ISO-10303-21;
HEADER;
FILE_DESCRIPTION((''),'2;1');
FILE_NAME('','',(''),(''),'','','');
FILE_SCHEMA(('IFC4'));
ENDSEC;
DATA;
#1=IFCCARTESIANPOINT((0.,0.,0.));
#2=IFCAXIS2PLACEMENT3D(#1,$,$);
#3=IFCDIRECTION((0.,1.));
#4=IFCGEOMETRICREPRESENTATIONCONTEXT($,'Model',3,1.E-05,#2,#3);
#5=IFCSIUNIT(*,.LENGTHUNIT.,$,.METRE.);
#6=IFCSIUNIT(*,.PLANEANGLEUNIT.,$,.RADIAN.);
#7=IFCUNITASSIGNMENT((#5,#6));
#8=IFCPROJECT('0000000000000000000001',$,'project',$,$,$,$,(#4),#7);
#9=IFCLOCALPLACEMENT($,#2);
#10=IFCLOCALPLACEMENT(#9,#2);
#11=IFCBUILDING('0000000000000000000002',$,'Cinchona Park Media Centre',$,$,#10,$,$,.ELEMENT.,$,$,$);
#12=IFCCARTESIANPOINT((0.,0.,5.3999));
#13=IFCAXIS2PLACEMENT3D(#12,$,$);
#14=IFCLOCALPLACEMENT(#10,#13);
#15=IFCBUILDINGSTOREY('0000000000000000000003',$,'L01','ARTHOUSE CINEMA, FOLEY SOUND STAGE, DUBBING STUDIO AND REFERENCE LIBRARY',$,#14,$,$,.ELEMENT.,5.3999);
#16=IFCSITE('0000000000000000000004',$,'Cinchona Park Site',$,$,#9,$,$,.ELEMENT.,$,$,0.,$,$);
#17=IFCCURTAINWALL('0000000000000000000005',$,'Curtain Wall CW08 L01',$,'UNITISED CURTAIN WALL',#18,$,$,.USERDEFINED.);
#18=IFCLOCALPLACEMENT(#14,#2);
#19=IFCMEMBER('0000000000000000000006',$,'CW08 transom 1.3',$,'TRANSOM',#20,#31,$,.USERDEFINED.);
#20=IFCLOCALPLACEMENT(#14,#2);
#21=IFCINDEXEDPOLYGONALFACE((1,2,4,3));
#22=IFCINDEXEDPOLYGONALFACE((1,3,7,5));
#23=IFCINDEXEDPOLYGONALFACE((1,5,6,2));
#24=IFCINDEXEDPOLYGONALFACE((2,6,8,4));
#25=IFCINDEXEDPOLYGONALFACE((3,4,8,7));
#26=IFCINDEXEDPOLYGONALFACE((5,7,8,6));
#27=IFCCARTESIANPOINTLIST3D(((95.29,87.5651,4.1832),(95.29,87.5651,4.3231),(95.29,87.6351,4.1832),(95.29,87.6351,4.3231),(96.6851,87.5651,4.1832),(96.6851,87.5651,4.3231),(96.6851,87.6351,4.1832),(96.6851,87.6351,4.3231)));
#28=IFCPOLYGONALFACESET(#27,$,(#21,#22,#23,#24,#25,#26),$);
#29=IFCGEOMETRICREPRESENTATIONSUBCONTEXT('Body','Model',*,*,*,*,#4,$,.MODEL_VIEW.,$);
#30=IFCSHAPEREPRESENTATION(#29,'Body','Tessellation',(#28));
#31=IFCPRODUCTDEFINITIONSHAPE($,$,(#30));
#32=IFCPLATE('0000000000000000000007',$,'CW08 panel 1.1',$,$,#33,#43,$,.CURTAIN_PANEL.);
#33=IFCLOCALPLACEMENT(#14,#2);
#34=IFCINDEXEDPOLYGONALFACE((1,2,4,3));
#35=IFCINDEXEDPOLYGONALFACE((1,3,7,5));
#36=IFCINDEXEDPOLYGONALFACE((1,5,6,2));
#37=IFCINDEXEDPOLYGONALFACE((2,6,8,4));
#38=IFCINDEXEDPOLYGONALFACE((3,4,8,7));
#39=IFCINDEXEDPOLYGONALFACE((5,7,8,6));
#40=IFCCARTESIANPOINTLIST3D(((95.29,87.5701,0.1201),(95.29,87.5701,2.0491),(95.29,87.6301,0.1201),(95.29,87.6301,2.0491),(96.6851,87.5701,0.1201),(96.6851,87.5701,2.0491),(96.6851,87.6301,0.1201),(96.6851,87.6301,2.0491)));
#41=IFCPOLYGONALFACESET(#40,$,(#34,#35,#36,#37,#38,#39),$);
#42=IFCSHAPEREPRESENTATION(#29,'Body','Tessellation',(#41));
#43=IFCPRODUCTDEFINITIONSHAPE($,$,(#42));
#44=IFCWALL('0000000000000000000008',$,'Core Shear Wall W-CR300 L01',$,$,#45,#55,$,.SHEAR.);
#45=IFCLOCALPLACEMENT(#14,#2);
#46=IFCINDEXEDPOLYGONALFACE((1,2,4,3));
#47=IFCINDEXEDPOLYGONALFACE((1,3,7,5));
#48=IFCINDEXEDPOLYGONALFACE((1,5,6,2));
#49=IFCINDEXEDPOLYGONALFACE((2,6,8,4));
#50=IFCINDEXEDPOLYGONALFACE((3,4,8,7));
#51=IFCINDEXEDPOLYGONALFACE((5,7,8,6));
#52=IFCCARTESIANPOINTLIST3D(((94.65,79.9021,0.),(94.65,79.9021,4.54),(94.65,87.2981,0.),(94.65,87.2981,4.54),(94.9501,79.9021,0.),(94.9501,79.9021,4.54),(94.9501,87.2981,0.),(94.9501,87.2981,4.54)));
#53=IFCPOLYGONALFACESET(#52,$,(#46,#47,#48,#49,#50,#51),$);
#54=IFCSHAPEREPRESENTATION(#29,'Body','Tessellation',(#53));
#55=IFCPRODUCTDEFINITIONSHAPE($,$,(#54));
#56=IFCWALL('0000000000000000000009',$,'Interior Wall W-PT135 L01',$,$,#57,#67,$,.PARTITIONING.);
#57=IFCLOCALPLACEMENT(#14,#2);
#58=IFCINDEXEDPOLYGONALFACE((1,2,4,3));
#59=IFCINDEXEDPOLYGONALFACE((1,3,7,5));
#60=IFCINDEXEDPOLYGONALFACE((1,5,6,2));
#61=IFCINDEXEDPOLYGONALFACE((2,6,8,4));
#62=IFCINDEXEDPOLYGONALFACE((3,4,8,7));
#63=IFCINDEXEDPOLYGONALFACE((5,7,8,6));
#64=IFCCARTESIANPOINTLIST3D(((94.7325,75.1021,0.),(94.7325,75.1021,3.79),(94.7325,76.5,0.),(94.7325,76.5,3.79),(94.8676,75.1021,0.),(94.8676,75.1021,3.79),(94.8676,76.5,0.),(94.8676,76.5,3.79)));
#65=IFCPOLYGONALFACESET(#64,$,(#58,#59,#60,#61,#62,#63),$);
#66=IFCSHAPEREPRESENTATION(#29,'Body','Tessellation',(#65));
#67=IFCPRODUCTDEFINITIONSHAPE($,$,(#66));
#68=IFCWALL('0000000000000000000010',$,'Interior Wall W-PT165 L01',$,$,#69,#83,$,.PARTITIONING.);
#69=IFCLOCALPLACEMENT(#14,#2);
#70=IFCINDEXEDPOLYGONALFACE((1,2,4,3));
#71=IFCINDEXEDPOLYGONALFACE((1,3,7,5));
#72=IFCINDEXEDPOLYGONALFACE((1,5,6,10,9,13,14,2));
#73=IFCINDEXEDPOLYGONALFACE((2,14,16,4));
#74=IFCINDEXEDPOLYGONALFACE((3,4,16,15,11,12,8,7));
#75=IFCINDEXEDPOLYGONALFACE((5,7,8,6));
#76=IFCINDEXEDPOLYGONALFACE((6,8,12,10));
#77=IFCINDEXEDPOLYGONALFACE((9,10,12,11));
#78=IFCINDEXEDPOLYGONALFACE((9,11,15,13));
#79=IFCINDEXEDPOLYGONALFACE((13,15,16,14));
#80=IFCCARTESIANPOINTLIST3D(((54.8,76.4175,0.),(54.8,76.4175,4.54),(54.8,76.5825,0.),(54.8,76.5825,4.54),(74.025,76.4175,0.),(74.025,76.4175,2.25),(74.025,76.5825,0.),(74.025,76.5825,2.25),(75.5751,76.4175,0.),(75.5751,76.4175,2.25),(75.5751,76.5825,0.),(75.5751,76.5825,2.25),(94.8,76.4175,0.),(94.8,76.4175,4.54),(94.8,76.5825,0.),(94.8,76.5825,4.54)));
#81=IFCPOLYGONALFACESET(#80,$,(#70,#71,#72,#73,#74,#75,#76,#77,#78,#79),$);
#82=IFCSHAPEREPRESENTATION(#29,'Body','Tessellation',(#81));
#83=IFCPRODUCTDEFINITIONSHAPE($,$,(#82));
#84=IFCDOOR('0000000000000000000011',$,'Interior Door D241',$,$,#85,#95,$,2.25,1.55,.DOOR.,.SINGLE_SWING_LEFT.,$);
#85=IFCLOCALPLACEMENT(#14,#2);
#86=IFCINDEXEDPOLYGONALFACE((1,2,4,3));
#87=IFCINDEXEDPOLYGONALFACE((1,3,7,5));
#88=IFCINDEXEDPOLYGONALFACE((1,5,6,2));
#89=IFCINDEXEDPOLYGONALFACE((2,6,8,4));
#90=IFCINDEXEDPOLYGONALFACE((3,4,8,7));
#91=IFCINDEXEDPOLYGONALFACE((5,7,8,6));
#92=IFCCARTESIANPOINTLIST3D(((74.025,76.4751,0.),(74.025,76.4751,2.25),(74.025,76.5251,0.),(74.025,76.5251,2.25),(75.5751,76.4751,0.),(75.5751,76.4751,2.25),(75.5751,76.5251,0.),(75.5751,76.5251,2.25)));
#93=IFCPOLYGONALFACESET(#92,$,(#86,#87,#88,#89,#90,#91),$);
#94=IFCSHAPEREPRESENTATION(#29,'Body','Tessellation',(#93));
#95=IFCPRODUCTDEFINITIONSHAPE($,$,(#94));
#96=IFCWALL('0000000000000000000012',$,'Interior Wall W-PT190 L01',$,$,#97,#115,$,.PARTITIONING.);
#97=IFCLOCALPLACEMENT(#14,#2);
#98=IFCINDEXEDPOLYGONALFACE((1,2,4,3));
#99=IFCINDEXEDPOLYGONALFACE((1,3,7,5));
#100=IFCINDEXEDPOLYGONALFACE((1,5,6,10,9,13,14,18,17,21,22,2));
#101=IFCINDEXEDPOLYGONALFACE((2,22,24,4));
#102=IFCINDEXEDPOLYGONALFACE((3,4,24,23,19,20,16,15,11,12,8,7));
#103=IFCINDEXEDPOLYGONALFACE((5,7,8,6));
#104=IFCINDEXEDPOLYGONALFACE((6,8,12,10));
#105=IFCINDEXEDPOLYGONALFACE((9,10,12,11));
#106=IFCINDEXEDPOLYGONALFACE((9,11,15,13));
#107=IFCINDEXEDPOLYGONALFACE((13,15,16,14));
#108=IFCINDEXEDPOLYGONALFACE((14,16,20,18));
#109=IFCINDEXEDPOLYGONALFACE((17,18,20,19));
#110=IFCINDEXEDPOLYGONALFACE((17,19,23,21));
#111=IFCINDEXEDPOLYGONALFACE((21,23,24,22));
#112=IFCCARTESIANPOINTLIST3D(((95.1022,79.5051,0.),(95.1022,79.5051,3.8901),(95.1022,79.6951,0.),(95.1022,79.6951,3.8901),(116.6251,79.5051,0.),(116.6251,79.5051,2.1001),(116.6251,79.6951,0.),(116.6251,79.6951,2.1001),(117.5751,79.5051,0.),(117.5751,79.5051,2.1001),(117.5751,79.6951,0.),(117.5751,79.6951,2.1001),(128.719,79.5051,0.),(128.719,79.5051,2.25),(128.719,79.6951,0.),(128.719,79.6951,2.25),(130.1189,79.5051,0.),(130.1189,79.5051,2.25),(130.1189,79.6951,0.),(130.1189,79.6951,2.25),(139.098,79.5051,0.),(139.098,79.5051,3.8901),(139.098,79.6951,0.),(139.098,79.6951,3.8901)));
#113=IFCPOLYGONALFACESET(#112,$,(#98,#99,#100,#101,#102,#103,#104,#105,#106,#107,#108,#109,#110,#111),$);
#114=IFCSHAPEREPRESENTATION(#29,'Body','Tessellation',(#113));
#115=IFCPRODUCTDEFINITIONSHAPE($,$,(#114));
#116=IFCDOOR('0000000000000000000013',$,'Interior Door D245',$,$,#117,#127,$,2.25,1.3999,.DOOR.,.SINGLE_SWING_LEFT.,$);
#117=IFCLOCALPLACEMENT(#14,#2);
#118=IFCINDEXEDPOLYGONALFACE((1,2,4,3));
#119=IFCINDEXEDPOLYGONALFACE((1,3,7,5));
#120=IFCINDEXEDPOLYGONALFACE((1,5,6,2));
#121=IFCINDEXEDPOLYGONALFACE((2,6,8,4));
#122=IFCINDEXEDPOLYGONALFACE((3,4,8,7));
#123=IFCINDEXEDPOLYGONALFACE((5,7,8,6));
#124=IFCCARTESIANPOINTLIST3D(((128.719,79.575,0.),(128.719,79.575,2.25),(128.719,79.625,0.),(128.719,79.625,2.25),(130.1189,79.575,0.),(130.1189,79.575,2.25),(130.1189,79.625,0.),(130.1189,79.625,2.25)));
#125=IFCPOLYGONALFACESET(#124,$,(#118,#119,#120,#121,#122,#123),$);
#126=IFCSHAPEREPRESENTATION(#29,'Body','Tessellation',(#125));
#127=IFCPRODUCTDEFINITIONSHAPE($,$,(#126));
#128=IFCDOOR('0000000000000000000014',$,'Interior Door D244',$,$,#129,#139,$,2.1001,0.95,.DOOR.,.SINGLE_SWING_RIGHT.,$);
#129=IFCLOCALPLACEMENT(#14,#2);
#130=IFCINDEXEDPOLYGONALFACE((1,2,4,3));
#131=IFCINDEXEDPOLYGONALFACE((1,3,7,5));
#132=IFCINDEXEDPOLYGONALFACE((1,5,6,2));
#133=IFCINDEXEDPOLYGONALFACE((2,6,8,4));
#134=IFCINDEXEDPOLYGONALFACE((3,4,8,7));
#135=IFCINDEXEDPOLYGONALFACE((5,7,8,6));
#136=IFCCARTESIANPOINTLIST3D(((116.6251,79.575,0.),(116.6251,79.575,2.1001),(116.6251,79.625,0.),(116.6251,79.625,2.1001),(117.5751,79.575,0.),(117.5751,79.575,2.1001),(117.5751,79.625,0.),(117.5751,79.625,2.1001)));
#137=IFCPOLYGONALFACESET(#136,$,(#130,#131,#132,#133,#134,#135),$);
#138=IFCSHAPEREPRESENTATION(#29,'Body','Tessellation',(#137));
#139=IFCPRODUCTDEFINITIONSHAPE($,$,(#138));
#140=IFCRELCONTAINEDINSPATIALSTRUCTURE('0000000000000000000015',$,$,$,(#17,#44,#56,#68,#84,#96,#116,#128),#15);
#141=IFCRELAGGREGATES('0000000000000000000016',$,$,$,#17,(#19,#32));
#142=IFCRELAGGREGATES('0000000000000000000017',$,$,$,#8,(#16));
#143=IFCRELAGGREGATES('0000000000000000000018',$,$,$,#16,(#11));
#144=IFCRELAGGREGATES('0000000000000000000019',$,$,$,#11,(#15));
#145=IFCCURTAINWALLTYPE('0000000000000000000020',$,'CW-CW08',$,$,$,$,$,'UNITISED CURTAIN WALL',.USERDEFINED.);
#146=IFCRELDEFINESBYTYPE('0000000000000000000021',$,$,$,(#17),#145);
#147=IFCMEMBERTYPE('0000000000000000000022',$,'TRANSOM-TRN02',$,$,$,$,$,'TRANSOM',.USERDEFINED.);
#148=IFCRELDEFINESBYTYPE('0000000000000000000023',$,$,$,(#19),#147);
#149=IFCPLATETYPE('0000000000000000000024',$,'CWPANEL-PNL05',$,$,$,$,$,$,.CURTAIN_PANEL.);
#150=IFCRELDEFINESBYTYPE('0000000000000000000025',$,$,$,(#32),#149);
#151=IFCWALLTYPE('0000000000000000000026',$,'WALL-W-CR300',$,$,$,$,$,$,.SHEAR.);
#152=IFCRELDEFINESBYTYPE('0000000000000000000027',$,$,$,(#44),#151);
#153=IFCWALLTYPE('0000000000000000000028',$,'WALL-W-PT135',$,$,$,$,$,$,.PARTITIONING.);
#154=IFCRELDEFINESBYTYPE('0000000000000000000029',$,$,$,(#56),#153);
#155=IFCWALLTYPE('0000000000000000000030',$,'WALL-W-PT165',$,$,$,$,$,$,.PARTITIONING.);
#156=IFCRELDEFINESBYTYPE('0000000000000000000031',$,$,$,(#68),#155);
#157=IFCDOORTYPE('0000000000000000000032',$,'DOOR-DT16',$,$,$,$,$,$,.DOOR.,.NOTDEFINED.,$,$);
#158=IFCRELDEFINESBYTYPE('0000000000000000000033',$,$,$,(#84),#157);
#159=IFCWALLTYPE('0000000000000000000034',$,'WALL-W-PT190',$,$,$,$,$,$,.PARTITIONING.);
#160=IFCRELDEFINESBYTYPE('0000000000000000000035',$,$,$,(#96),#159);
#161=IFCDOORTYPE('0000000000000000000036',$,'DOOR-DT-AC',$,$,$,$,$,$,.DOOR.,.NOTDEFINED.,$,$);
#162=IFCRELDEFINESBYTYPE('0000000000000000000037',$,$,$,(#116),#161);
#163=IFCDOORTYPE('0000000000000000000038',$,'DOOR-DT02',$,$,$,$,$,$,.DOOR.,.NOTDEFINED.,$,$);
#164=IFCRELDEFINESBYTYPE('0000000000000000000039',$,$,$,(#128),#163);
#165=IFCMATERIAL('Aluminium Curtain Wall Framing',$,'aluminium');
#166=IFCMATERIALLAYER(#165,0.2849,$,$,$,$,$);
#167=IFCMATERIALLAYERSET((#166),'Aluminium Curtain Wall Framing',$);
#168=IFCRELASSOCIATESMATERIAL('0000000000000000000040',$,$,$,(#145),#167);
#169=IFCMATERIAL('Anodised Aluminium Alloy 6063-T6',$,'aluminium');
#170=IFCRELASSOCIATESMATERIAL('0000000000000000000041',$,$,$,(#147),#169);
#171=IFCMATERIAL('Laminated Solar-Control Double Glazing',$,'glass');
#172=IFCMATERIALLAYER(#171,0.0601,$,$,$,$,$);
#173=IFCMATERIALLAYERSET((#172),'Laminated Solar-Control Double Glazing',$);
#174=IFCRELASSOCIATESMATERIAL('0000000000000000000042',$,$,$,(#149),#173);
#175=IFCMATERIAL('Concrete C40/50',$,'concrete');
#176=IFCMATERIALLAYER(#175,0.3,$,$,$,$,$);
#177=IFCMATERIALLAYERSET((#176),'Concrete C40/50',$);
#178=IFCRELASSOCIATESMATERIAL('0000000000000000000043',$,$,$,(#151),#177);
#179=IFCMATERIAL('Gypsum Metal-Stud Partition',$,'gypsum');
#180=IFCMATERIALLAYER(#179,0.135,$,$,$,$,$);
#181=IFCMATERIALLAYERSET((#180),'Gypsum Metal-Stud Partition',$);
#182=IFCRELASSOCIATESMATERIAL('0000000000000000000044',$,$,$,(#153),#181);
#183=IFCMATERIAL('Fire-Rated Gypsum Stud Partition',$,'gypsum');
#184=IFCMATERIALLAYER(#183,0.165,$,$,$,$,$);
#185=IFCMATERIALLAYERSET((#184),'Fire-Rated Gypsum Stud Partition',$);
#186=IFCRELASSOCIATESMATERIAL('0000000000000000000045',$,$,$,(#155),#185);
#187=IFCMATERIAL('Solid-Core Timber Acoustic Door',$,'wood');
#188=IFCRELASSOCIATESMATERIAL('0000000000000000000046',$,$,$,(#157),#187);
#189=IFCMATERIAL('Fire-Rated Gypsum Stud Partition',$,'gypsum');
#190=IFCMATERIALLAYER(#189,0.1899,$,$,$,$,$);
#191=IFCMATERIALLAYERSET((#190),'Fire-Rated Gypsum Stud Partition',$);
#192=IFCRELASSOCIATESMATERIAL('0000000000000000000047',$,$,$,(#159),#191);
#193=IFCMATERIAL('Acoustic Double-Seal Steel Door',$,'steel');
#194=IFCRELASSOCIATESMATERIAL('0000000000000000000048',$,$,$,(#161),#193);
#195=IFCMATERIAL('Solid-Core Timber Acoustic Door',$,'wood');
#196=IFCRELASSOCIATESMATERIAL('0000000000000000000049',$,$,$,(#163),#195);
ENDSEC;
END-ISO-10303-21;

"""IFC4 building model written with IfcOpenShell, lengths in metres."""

from ifc_helpers import new_model, si_unit, direction, frame, frame_2d, origin, origin_2d, place, context, subcontext, project, spatial, rectangle, extrude, material, layer, layer_set, material_profile, profile_set, type_object, element, fill, aggregate, save


model = new_model("IFC4")

# Units and contexts
model_context = context("Model", 3, precision=1e-05, world=origin(), true_north=direction((0.0, 1.0)))
body_context = subcontext(model_context, "Body", "Model", "MODEL_VIEW")
ifc_project = project(units=[si_unit("LENGTHUNIT", "METRE"), si_unit("PLANEANGLEUNIT", "RADIAN")], contexts=[model_context])

# Site, building, storey
site_placement = place(None, origin())
site = spatial("IfcSite", under=ifc_project, at=site_placement, Name="Cinchona Park Site", CompositionType="ELEMENT", RefElevation=0.0)
building_placement = place(site_placement, origin())
building = spatial("IfcBuilding", under=site, at=building_placement, Name="Cinchona Park Media Centre", CompositionType="ELEMENT")
storey_placement = place(building_placement, frame((0.0, 0.0, 5.3999)))
storey = spatial("IfcBuildingStorey", under=building, at=storey_placement, Name="L01", Description="ARTHOUSE CINEMA, FOLEY SOUND STAGE, DUBBING STUDIO AND REFERENCE LIBRARY", CompositionType="ELEMENT", Elevation=5.3999)

# Curtain wall
ifc_material_1 = material(Name="Aluminium Curtain Wall Framing", Category="aluminium")
ifc_layer_1 = layer(ifc_material_1, 0.2849)
ifc_layer_set_1 = layer_set([ifc_layer_1], Name="Aluminium Curtain Wall Framing")
curtain_wall_type_1 = type_object("IfcCurtainWallType", Name="CW-CW08", ElementType="UNITISED CURTAIN WALL", PredefinedType="USERDEFINED", material=ifc_layer_set_1)
curtain_wall_1_placement = place(storey_placement, origin())
curtain_wall_1 = element("IfcCurtainWall", 1, at=curtain_wall_1_placement, inside=storey, type_object=curtain_wall_type_1, Name="Curtain Wall CW08 L01", ObjectType="UNITISED CURTAIN WALL", PredefinedType="USERDEFINED")

# Member
ifc_material_2 = material(Name="Anodised Aluminium Alloy 6063-T6", Category="aluminium")
ifc_material_profile_1 = material_profile(ifc_material_2, rectangle(XDim=0.0701, YDim=0.1399, at=origin_2d()), Name="TRN-70X140")
ifc_profile_set_1 = profile_set([ifc_material_profile_1], Name="Anodised Aluminium Alloy 6063-T6")
member_type_1 = type_object("IfcMemberType", Name="TRANSOM-TRN02", ElementType="TRANSOM", PredefinedType="USERDEFINED", material=ifc_profile_set_1)
member_1_placement = place(storey_placement, frame((95.29, 87.6001, 4.2532), z_axis=(1.0, 0.0, 0.0), x_axis=(0.0, 1.0, 0.0)))
member_1 = element("IfcMember", 2, at=member_1_placement, type_object=member_type_1, Name="CW08 transom 1.3", ObjectType="TRANSOM", PredefinedType="USERDEFINED", context=body_context, shape_type="SweptSolid", body=[
    extrude(rectangle(XDim=0.0701, YDim=0.1399, at=origin_2d()), origin(), (0.0, 0.0, 1.0), 1.395),
])

# Plate
ifc_material_3 = material(Name="Laminated Solar-Control Double Glazing", Category="glass")
ifc_layer_2 = layer(ifc_material_3, 0.0601)
ifc_layer_set_2 = layer_set([ifc_layer_2], Name="Laminated Solar-Control Double Glazing")
plate_type = type_object("IfcPlateType", Name="CWPANEL-PNL05", PredefinedType="CURTAIN_PANEL", material=ifc_layer_set_2)
plate_placement = place(storey_placement, frame((95.9875, 87.6001, 0.1201), z_axis=(0.0, 0.0, 1.0), x_axis=(1.0, 0.0, 0.0)))
plate = element("IfcPlate", 3, at=plate_placement, type_object=plate_type, Name="CW08 panel 1.1", PredefinedType="CURTAIN_PANEL", context=body_context, shape_type="SweptSolid", body=[
    extrude(rectangle(XDim=1.395, YDim=0.0601, at=origin_2d()), origin(), (0.0, 0.0, 1.0), 1.929),
])
aggregate(curtain_wall_1, [member_1, plate])

# Walls
ifc_material_4 = material(Name="Concrete C40/50", Category="concrete")
ifc_layer_3 = layer(ifc_material_4, 0.3)
ifc_layer_set_3 = layer_set([ifc_layer_3], Name="Concrete C40/50")
wall_type_1 = type_object("IfcWallType", Name="WALL-W-CR300", PredefinedType="SHEAR", material=ifc_layer_set_3)
wall_1_placement = place(storey_placement, frame((94.8, 79.9021, 0.0), z_axis=(0.0, 0.0, 1.0), x_axis=(0.0, 1.0, 0.0)))
element("IfcWall", 4, at=wall_1_placement, inside=storey, type_object=wall_type_1, Name="Core Shear Wall W-CR300 L01", PredefinedType="SHEAR", context=body_context, shape_type="SweptSolid", body=[
    extrude(rectangle(XDim=7.396, YDim=0.3, at=frame_2d((3.698, 0.0))), origin(), (0.0, 0.0, 1.0), 4.54),
])
ifc_material_5 = material(Name="Gypsum Metal-Stud Partition", Category="gypsum")
ifc_layer_4 = layer(ifc_material_5, 0.135)
ifc_layer_set_4 = layer_set([ifc_layer_4], Name="Gypsum Metal-Stud Partition")
wall_type_2 = type_object("IfcWallType", Name="WALL-W-PT135", PredefinedType="PARTITIONING", material=ifc_layer_set_4)
wall_2_placement = place(storey_placement, frame((94.8, 76.5, 0.0), z_axis=(0.0, 0.0, 1.0), x_axis=(0.0, -1.0, 0.0)))
element("IfcWall", 5, at=wall_2_placement, inside=storey, type_object=wall_type_2, Name="Interior Wall W-PT135 L01", PredefinedType="PARTITIONING", context=body_context, shape_type="SweptSolid", body=[
    extrude(rectangle(XDim=1.3979, YDim=0.135, at=frame_2d((0.699, 0.0))), origin(), (0.0, 0.0, 1.0), 3.79),
])

# Wall, opening, door
ifc_material_6 = material(Name="Fire-Rated Gypsum Stud Partition", Category="gypsum")
ifc_layer_5 = layer(ifc_material_6, 0.165)
ifc_layer_set_5 = layer_set([ifc_layer_5], Name="Fire-Rated Gypsum Stud Partition")
wall_type_3 = type_object("IfcWallType", Name="WALL-W-PT165", PredefinedType="PARTITIONING", material=ifc_layer_set_5)
wall_3_placement = place(storey_placement, frame((94.8, 76.5, 0.0), z_axis=(0.0, 0.0, 1.0), x_axis=(-1.0, 0.0, 0.0)))
wall_3 = element("IfcWall", 6, at=wall_3_placement, inside=storey, type_object=wall_type_3, Name="Interior Wall W-PT165 L01", PredefinedType="PARTITIONING", context=body_context, shape_type="SweptSolid", body=[
    extrude(rectangle(XDim=40.0, YDim=0.165, at=frame_2d((20.0, 0.0))), origin(), (0.0, 0.0, 1.0), 4.54),
])
opening_1_placement = place(wall_3_placement, frame((19.2251, 0.0, 0.0)))
opening_1 = element("IfcOpeningElement", 7, at=opening_1_placement, cuts=wall_3, PredefinedType="OPENING", context=body_context, shape_type="SweptSolid", body=[
    extrude(rectangle(XDim=1.55, YDim=2.25, at=frame_2d((0.7749, 1.125))), frame((0.0, 0.0925, 0.0), z_axis=(0.0, -1.0, 0.0), x_axis=(1.0, 0.0, 0.0)), (0.0, 0.0, 1.0), 0.1851),
])
ifc_material_7 = material(Name="Solid-Core Timber Acoustic Door", Category="wood")
door_type_1 = type_object("IfcDoorType", Name="DOOR-DT16", OperationType="NOTDEFINED", PredefinedType="DOOR", material=ifc_material_7)
door_1_placement = place(opening_1_placement, origin())
door_1 = element("IfcDoor", 8, at=door_1_placement, inside=storey, type_object=door_type_1, Name="Interior Door D241", OperationType="SINGLE_SWING_LEFT", OverallHeight=2.25, OverallWidth=1.55, PredefinedType="DOOR", context=body_context, shape_type="SweptSolid", body=[
    extrude(rectangle(XDim=1.55, YDim=2.25, at=frame_2d((0.7749, 1.125))), frame((0.0, 0.0249, 0.0), z_axis=(0.0, -1.0, 0.0), x_axis=(1.0, 0.0, 0.0)), (0.0, 0.0, 1.0), 0.05),
])
fill(opening_1, door_1)

# Wall, openings, doors
ifc_material_8 = material(Name="Fire-Rated Gypsum Stud Partition", Category="gypsum")
ifc_layer_6 = layer(ifc_material_8, 0.1899)
ifc_layer_set_6 = layer_set([ifc_layer_6], Name="Fire-Rated Gypsum Stud Partition")
wall_type_4 = type_object("IfcWallType", Name="WALL-W-PT190", PredefinedType="PARTITIONING", material=ifc_layer_set_6)
wall_4_placement = place(storey_placement, frame((95.1021, 79.6001, 0.0), z_axis=(0.0, 0.0, 1.0), x_axis=(1.0, 0.0, 0.0)))
wall_4 = element("IfcWall", 9, at=wall_4_placement, inside=storey, type_object=wall_type_4, Name="Interior Wall W-PT190 L01", PredefinedType="PARTITIONING", context=body_context, shape_type="SweptSolid", body=[
    extrude(rectangle(XDim=43.9958, YDim=0.1899, at=frame_2d((21.998, 0.0))), origin(), (0.0, 0.0, 1.0), 3.8901),
])
opening_2_placement = place(wall_4_placement, frame((21.5229, 0.0, 0.0)))
opening_2 = element("IfcOpeningElement", 10, at=opening_2_placement, cuts=wall_4, PredefinedType="OPENING", context=body_context, shape_type="SweptSolid", body=[
    extrude(rectangle(XDim=0.95, YDim=2.1001, at=frame_2d((0.4751, 1.05))), frame((0.0, 0.105, 0.0), z_axis=(0.0, -1.0, 0.0), x_axis=(1.0, 0.0, 0.0)), (0.0, 0.0, 1.0), 0.21),
])
opening_3_placement = place(wall_4_placement, frame((33.6169, 0.0, 0.0)))
opening_3 = element("IfcOpeningElement", 11, at=opening_3_placement, cuts=wall_4, PredefinedType="OPENING", context=body_context, shape_type="SweptSolid", body=[
    extrude(rectangle(XDim=1.3999, YDim=2.25, at=frame_2d((0.7, 1.125))), frame((0.0, 0.105, 0.0), z_axis=(0.0, -1.0, 0.0), x_axis=(1.0, 0.0, 0.0)), (0.0, 0.0, 1.0), 0.21),
])
ifc_material_9 = material(Name="Acoustic Double-Seal Steel Door", Category="steel")
door_type_2 = type_object("IfcDoorType", Name="DOOR-DT-AC", OperationType="NOTDEFINED", PredefinedType="DOOR", material=ifc_material_9)
door_2_placement = place(opening_3_placement, origin())
door_2 = element("IfcDoor", 12, at=door_2_placement, inside=storey, type_object=door_type_2, Name="Interior Door D245", OperationType="SINGLE_SWING_LEFT", OverallHeight=2.25, OverallWidth=1.3999, PredefinedType="DOOR", context=body_context, shape_type="SweptSolid", body=[
    extrude(rectangle(XDim=1.3999, YDim=2.25, at=frame_2d((0.7, 1.125))), frame((0.0, 0.0249, 0.0), z_axis=(0.0, -1.0, 0.0), x_axis=(1.0, 0.0, 0.0)), (0.0, 0.0, 1.0), 0.05),
])
fill(opening_3, door_2)
ifc_material_10 = material(Name="Solid-Core Timber Acoustic Door", Category="wood")
door_type_3 = type_object("IfcDoorType", Name="DOOR-DT02", OperationType="NOTDEFINED", PredefinedType="DOOR", material=ifc_material_10)
door_3_placement = place(opening_2_placement, origin())
door_3 = element("IfcDoor", 13, at=door_3_placement, inside=storey, type_object=door_type_3, Name="Interior Door D244", OperationType="SINGLE_SWING_RIGHT", OverallHeight=2.1001, OverallWidth=0.95, PredefinedType="DOOR", context=body_context, shape_type="SweptSolid", body=[
    extrude(rectangle(XDim=0.95, YDim=2.1001, at=frame_2d((0.4751, 1.05))), frame((0.0, 0.0249, 0.0), z_axis=(0.0, -1.0, 0.0), x_axis=(1.0, 0.0, 0.0)), (0.0, 0.0, 1.0), 0.05),
])
fill(opening_2, door_3)

save(model, "model.ifc")
